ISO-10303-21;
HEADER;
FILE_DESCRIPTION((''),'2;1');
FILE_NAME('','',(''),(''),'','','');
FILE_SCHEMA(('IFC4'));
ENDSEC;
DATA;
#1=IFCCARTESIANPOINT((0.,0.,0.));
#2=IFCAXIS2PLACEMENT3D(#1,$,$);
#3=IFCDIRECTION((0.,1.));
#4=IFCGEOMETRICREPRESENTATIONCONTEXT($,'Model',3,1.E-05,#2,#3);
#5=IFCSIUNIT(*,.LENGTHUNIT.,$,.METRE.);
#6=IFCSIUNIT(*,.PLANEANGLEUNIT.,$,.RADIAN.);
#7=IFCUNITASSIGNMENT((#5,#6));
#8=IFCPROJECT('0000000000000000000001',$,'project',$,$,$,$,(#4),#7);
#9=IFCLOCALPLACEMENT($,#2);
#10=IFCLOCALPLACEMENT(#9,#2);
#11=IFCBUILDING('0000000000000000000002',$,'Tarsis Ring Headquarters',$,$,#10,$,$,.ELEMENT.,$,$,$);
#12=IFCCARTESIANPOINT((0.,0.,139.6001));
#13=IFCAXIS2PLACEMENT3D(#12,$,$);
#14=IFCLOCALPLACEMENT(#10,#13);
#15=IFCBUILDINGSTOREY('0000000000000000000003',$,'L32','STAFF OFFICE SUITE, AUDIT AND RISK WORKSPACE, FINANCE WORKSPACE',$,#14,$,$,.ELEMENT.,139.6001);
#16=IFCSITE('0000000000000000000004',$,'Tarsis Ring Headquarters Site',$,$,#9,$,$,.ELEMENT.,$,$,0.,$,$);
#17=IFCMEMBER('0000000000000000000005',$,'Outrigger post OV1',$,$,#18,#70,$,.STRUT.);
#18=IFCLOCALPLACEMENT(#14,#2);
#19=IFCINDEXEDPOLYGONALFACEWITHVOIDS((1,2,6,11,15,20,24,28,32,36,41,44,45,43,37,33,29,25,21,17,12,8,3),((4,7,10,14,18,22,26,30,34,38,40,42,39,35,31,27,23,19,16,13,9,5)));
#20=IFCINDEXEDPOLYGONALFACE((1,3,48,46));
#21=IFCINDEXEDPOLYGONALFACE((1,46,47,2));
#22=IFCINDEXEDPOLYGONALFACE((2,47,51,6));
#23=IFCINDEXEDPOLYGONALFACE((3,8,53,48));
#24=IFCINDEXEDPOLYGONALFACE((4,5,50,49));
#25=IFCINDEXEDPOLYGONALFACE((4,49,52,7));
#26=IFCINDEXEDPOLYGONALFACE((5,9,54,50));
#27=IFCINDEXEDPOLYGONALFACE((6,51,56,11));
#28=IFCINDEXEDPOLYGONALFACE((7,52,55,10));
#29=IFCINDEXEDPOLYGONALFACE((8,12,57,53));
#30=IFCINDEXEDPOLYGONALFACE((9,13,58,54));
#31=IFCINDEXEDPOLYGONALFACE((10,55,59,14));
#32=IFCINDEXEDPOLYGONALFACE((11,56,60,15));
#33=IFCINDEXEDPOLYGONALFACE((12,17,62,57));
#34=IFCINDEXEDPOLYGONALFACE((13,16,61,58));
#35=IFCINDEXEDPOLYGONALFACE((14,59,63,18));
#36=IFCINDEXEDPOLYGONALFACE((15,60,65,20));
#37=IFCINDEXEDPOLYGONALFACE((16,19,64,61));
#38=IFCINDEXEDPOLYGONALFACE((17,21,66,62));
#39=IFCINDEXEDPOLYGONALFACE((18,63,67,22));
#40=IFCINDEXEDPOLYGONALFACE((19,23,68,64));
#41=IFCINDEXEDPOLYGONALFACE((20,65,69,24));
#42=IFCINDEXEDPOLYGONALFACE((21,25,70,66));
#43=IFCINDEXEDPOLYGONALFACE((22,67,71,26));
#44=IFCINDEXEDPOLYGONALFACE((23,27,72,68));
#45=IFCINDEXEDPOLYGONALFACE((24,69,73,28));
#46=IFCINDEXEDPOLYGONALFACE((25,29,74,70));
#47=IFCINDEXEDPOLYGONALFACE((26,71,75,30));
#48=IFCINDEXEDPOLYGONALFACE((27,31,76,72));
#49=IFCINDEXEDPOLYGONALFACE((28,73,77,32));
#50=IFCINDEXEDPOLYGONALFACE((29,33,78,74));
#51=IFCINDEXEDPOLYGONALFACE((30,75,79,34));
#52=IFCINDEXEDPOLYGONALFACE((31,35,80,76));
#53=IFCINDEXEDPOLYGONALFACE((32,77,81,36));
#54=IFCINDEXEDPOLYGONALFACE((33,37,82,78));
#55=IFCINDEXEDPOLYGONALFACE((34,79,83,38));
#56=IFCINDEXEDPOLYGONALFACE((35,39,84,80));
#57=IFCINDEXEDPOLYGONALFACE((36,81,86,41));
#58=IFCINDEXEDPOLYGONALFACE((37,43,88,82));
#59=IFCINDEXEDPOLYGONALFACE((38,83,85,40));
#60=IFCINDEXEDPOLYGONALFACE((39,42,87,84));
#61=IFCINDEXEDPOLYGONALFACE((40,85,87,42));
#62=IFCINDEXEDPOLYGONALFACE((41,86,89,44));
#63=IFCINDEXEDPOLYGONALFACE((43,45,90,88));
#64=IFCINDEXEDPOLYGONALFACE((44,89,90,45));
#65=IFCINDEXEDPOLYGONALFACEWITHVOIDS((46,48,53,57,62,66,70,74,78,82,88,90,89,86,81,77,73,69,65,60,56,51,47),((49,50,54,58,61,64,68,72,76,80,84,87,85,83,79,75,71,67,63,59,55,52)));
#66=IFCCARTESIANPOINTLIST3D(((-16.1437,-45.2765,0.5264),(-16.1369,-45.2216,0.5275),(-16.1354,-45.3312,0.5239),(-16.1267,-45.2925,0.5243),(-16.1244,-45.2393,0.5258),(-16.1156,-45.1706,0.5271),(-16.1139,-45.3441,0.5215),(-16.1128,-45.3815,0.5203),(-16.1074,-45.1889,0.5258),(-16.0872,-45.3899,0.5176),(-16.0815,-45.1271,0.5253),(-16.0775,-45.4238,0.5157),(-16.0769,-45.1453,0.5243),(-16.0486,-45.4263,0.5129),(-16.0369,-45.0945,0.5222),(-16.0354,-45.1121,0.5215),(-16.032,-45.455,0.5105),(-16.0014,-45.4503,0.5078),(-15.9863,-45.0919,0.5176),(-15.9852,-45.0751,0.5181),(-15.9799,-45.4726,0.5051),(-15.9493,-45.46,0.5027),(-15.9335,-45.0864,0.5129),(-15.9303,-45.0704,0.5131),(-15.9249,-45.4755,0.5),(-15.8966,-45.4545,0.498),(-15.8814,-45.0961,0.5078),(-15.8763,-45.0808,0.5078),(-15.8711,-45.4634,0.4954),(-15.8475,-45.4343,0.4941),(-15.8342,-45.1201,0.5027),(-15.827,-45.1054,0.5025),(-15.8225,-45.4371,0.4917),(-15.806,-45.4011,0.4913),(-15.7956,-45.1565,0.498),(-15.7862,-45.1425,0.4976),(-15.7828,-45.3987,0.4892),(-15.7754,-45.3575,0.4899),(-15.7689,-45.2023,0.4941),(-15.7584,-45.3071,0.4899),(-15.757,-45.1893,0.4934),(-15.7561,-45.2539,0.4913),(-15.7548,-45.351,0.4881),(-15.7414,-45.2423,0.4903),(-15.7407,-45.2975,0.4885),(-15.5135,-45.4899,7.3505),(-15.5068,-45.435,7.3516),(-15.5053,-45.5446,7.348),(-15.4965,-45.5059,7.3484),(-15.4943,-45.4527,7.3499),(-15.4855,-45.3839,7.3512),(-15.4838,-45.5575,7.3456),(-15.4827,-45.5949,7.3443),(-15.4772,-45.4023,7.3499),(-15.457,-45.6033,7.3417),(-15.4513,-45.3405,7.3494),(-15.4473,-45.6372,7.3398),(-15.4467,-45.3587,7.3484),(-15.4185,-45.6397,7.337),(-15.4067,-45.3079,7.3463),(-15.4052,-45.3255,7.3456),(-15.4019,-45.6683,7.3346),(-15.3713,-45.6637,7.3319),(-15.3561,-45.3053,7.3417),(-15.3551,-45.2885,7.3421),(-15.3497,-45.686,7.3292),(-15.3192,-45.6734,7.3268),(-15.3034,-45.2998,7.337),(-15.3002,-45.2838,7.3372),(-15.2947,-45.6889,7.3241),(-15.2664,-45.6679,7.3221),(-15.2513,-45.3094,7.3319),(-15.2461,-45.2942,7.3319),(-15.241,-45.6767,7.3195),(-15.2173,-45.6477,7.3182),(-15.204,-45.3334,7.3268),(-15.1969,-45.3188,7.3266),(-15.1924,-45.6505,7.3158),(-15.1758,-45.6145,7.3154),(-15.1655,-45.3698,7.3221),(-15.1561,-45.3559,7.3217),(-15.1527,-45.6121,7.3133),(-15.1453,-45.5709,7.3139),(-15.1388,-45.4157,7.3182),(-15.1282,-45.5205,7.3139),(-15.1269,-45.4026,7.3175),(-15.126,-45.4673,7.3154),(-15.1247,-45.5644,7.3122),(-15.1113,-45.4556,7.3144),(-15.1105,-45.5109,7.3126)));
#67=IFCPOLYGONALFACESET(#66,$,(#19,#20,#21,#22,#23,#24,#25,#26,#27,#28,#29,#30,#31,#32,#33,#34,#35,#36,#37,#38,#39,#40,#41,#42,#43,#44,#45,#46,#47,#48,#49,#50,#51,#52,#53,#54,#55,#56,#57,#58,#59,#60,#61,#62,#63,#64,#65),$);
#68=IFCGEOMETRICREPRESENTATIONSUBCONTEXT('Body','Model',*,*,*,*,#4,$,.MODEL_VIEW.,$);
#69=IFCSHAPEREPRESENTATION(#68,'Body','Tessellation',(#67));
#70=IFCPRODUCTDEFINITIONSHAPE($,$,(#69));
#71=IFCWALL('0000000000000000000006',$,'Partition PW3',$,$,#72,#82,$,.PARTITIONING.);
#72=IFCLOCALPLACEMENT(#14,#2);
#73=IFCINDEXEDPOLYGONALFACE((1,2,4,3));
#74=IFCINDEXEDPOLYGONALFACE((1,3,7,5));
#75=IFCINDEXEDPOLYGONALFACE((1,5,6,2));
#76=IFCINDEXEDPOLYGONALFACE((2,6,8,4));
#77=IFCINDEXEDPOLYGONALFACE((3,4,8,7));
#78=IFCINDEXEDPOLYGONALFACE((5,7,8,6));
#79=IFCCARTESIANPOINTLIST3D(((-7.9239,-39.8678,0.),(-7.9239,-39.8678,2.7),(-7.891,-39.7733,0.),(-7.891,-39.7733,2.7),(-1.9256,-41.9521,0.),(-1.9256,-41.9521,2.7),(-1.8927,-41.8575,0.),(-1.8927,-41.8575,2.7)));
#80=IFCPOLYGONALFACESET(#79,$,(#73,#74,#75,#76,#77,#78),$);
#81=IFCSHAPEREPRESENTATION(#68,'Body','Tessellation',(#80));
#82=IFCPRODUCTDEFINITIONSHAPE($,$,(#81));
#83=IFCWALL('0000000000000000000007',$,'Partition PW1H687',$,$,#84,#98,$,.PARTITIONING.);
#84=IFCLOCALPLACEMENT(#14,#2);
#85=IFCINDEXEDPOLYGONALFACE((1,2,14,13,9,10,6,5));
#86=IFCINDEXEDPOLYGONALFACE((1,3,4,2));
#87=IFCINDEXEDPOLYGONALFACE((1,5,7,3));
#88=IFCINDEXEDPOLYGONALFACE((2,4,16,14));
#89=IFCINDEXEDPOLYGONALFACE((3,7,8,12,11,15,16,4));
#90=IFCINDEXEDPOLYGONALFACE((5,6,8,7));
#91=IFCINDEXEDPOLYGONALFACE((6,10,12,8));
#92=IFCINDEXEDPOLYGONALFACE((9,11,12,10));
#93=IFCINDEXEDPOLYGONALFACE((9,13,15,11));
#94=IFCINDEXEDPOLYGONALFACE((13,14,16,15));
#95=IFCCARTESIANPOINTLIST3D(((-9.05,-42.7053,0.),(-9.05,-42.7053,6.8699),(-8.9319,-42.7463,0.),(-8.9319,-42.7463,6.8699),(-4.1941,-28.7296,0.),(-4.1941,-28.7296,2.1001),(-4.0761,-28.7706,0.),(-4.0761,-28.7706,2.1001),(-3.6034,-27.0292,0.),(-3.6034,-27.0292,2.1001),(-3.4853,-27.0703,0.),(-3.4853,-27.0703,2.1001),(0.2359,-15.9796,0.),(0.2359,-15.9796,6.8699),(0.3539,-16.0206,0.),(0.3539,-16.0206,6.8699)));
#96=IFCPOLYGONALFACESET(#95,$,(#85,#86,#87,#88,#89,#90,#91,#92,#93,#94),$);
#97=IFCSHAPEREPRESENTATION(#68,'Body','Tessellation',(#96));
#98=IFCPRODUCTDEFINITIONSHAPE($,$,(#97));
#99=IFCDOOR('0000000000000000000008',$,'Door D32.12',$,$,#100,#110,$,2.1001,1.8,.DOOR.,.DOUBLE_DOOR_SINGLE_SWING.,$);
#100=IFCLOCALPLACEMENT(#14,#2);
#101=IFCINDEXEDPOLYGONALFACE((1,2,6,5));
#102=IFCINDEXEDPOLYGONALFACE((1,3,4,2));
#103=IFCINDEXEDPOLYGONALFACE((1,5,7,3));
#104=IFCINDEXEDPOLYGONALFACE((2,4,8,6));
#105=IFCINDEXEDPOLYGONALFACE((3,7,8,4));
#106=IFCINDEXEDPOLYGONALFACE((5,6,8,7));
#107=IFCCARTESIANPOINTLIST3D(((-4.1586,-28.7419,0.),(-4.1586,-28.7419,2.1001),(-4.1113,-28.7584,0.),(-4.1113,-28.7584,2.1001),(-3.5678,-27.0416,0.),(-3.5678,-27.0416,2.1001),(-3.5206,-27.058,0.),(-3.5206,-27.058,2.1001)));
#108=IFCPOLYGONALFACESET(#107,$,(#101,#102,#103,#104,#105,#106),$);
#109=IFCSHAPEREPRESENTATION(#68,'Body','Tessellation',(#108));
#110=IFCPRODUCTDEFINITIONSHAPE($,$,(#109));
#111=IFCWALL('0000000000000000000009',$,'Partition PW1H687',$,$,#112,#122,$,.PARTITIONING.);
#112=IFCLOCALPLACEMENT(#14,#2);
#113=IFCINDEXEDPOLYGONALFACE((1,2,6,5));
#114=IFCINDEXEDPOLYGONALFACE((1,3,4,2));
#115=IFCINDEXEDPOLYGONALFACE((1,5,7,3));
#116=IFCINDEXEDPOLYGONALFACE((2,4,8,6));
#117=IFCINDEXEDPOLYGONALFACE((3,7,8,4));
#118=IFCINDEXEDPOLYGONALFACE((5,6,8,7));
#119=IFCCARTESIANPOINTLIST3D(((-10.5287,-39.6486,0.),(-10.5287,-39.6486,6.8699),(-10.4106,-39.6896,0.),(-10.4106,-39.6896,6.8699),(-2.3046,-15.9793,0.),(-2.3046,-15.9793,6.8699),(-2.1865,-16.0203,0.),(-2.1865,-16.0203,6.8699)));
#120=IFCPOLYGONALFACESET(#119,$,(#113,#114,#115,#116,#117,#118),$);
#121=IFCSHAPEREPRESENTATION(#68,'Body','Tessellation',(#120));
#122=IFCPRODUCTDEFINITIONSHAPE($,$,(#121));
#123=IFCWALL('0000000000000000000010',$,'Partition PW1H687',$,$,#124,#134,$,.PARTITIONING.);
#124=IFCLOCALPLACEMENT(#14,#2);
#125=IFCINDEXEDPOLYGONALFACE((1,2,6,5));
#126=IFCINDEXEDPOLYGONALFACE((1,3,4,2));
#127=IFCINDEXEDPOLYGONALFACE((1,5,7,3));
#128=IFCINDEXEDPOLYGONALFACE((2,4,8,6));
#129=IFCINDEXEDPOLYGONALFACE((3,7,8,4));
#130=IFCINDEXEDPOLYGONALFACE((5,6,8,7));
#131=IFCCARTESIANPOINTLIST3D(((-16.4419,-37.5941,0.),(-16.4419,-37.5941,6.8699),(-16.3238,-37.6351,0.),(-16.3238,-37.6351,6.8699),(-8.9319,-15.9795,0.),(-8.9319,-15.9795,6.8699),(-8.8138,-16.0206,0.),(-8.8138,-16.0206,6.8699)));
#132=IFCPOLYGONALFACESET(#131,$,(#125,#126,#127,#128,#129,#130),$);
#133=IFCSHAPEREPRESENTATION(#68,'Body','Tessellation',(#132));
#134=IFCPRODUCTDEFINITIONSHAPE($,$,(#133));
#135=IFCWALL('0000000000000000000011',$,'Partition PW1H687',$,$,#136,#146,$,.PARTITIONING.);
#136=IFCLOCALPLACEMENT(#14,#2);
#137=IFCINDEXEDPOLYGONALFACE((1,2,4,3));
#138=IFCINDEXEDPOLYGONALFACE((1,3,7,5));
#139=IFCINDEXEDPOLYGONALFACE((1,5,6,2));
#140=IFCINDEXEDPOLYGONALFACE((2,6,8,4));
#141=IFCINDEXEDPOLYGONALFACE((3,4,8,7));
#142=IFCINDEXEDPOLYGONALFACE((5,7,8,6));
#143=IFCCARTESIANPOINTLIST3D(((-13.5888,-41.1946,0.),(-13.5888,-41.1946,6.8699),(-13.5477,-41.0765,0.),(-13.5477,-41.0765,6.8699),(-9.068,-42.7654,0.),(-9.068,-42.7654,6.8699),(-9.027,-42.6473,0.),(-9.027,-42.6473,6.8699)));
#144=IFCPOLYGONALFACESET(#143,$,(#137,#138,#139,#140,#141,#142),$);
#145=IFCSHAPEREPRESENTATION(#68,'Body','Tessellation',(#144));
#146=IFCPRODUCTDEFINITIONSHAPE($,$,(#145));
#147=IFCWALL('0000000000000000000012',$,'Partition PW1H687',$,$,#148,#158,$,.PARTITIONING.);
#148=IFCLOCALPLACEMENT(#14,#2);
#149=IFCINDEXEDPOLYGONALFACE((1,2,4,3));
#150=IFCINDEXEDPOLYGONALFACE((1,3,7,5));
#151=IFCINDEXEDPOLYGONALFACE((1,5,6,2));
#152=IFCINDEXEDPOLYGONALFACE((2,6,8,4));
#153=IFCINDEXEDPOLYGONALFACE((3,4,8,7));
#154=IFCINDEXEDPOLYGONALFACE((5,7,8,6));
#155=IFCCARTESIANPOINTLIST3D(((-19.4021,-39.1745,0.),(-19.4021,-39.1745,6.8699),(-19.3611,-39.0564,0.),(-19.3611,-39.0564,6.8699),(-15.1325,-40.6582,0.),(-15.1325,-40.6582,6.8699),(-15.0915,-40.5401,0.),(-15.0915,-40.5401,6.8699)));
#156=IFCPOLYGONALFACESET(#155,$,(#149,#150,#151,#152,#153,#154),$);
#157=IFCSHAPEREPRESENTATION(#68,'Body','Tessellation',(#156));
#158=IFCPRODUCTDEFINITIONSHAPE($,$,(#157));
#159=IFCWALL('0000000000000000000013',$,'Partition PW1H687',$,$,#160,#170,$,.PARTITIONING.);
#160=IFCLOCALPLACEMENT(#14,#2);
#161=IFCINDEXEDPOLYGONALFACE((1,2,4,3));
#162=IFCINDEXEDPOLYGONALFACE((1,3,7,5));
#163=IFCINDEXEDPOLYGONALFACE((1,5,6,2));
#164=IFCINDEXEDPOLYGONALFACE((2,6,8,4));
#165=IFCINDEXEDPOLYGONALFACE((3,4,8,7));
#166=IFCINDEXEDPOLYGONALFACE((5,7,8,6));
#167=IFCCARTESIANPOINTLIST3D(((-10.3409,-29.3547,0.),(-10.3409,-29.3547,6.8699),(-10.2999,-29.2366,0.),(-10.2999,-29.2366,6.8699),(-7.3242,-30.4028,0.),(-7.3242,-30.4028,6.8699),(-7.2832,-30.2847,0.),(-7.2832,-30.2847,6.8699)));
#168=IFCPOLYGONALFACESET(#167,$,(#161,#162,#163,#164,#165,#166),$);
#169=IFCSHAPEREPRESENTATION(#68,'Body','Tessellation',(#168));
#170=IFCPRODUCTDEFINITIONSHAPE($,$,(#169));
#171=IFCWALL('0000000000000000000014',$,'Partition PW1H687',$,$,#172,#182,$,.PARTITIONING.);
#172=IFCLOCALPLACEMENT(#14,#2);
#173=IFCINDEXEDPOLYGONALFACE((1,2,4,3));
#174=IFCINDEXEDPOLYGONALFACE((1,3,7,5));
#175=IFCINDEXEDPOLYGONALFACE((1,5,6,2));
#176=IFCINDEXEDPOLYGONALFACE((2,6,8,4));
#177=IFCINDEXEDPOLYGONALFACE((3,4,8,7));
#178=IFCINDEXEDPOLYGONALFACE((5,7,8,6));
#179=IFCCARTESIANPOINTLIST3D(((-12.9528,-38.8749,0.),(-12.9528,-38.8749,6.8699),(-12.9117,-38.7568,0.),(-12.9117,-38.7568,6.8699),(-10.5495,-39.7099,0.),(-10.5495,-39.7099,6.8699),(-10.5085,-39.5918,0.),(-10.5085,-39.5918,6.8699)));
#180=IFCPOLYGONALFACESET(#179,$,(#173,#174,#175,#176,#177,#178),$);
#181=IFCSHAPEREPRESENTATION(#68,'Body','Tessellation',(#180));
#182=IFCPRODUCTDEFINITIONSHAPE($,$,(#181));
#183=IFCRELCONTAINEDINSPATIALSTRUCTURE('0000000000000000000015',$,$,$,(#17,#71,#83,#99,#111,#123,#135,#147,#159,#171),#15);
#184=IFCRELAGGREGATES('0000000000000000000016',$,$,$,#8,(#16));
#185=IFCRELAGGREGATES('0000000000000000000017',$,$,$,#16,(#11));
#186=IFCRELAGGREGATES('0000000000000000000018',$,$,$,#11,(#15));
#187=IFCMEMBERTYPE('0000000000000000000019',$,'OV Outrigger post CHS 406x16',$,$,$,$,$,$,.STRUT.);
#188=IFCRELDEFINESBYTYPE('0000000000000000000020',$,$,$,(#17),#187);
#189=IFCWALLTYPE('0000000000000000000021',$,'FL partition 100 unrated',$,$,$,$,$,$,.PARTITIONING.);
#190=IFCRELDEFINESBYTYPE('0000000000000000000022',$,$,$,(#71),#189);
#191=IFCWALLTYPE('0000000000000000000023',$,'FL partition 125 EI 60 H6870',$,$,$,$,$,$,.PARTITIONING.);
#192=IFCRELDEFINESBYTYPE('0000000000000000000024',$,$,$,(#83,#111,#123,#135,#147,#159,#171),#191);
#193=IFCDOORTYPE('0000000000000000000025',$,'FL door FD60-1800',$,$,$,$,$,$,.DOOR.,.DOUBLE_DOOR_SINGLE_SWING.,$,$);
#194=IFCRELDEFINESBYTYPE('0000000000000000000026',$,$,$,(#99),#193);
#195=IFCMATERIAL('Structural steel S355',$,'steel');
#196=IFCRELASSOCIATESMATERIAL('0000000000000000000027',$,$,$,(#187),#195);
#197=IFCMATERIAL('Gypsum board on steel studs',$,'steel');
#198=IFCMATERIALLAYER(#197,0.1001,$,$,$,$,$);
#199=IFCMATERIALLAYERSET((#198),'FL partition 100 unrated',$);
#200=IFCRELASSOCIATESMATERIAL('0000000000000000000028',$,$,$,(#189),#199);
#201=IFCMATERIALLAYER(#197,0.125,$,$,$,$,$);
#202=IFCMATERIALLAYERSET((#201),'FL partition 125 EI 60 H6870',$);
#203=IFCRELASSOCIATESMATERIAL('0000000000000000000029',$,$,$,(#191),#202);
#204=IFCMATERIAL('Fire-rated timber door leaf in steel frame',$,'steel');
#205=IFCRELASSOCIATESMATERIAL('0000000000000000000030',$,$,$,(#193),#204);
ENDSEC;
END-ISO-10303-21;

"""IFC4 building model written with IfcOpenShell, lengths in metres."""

from ifc_helpers import new_model, si_unit, direction, frame, frame_2d, origin, origin_2d, place, context, subcontext, project, spatial, rectangle, hollow_circle, extrude, material, layer, layer_set, material_profile, profile_set, type_object, element, fill, save


model = new_model("IFC4")

# Units and contexts
model_context = context("Model", 3, precision=1e-05, world=origin(), true_north=direction((0.0, 1.0)))
body_context = subcontext(model_context, "Body", "Model", "MODEL_VIEW")
ifc_project = project(units=[si_unit("LENGTHUNIT", "METRE"), si_unit("PLANEANGLEUNIT", "RADIAN")], contexts=[model_context])

# Site, building, storey
site_placement = place(None, origin())
site = spatial("IfcSite", under=ifc_project, at=site_placement, Name="Tarsis Ring Headquarters Site", CompositionType="ELEMENT", RefElevation=0.0)
building_placement = place(site_placement, origin())
building = spatial("IfcBuilding", under=site, at=building_placement, Name="Tarsis Ring Headquarters", CompositionType="ELEMENT")
storey_placement = place(building_placement, frame((0.0, 0.0, 139.6001)))
storey = spatial("IfcBuildingStorey", under=building, at=storey_placement, Name="L32", Description="STAFF OFFICE SUITE, AUDIT AND RISK WORKSPACE, FINANCE WORKSPACE", CompositionType="ELEMENT", Elevation=139.6001)

# Member
ifc_material_1 = material(Name="Structural steel S355", Category="steel")
ifc_material_profile_1 = material_profile(ifc_material_1, hollow_circle(Radius=0.2031, WallThickness=0.0161, at=origin_2d()), Name="CHS 406x16")
ifc_profile_set_1 = profile_set([ifc_material_profile_1], Name="Structural steel S355")
member_type_1 = type_object("IfcMemberType", Name="OV Outrigger post CHS 406x16", PredefinedType="STRUT", material=ifc_profile_set_1)
member_1_placement = place(storey_placement, frame((-15.9414, -45.2732, 0.5078), z_axis=(0.091904, -0.031121, 0.995281), x_axis=(0.320738, 0.947168, 0.0)))
element("IfcMember", 1, at=member_1_placement, inside=storey, type_object=member_type_1, Name="Outrigger post OV1", PredefinedType="STRUT", context=body_context, shape_type="SweptSolid", body=[
    extrude(hollow_circle(Radius=0.2031, WallThickness=0.0161, at=origin_2d()), origin(), (0.0, 0.0, 1.0), 6.8564),
])

# Wall
ifc_material_2 = material(Name="Gypsum board on steel studs", Category="steel")
ifc_layer_1 = layer(ifc_material_2, 0.1001)
ifc_layer_set_1 = layer_set([ifc_layer_1], Name="FL partition 100 unrated")
wall_type_1 = type_object("IfcWallType", Name="FL partition 100 unrated", PredefinedType="PARTITIONING", material=ifc_layer_set_1)
wall_1_placement = place(storey_placement, frame((-7.9075, -39.8206, 0.0), z_axis=(0.0, 0.0, 1.0), x_axis=(0.944601, -0.328221, 0.0)))
element("IfcWall", 2, at=wall_1_placement, inside=storey, type_object=wall_type_1, Name="Partition PW3", PredefinedType="PARTITIONING", context=body_context, shape_type="SweptSolid", body=[
    extrude(rectangle(XDim=6.3501, YDim=0.1001, at=frame_2d((3.175, 0.0))), origin(), (0.0, 0.0, 1.0), 2.7),
])

# Wall, opening, door
ifc_layer_2 = layer(ifc_material_2, 0.125)
ifc_layer_set_2 = layer_set([ifc_layer_2], Name="FL partition 125 EI 60 H6870")
wall_type_2 = type_object("IfcWallType", Name="FL partition 125 EI 60 H6870", PredefinedType="PARTITIONING", material=ifc_layer_set_2)
wall_2_placement = place(storey_placement, frame((-8.991, -42.7258, 0.0), z_axis=(0.0, 0.0, 1.0), x_axis=(0.328204, 0.944607, 0.0)))
wall_2 = element("IfcWall", 3, at=wall_2_placement, inside=storey, type_object=wall_type_2, Name="Partition PW1H687", PredefinedType="PARTITIONING", context=body_context, shape_type="SweptSolid", body=[
    extrude(rectangle(XDim=28.293, YDim=0.125, at=frame_2d((14.1465, 0.0))), origin(), (0.0, 0.0, 1.0), 6.8699),
])
opening_placement = place(wall_2_placement, frame((14.7954, 0.0, 0.0)))
opening = element("IfcOpeningElement", 4, at=opening_placement, cuts=wall_2, PredefinedType="OPENING", context=body_context, shape_type="SweptSolid", body=[
    extrude(rectangle(XDim=1.8, YDim=2.1001, at=frame_2d((0.8999, 1.05))), frame((0.0, 0.0725, 0.0), z_axis=(0.0, -1.0, 0.0), x_axis=(1.0, 0.0, 0.0)), (0.0, 0.0, 1.0), 0.145),
])
ifc_material_3 = material(Name="Fire-rated timber door leaf in steel frame", Category="steel")
door_type = type_object("IfcDoorType", Name="FL door FD60-1800", OperationType="DOUBLE_DOOR_SINGLE_SWING", PredefinedType="DOOR", material=ifc_material_3)
door_placement = place(opening_placement, origin())
door = element("IfcDoor", 5, at=door_placement, inside=storey, type_object=door_type, Name="Door D32.12", OperationType="DOUBLE_DOOR_SINGLE_SWING", OverallHeight=2.1001, OverallWidth=1.8, PredefinedType="DOOR", context=body_context, shape_type="SweptSolid", body=[
    extrude(rectangle(XDim=1.8, YDim=2.1001, at=frame_2d((0.8999, 1.05))), frame((0.0, 0.0249, 0.0), z_axis=(0.0, -1.0, 0.0), x_axis=(1.0, 0.0, 0.0)), (0.0, 0.0, 1.0), 0.05),
])
fill(opening, door)

# Walls
wall_3_placement = place(storey_placement, frame((-10.4697, -39.6692, 0.0), z_axis=(0.0, 0.0, 1.0), x_axis=(0.328213, 0.944604, 0.0)))
element("IfcWall", 6, at=wall_3_placement, inside=storey, type_object=wall_type_2, Name="Partition PW1H687", PredefinedType="PARTITIONING", context=body_context, shape_type="SweptSolid", body=[
    extrude(rectangle(XDim=25.0574, YDim=0.125, at=frame_2d((12.5288, 0.0))), origin(), (0.0, 0.0, 1.0), 6.8699),
])
wall_4_placement = place(storey_placement, frame((-16.3828, -37.6145, 0.0), z_axis=(0.0, 0.0, 1.0), x_axis=(0.328206, 0.944606, 0.0)))
element("IfcWall", 7, at=wall_4_placement, inside=storey, type_object=wall_type_2, Name="Partition PW1H687", PredefinedType="PARTITIONING", context=body_context, shape_type="SweptSolid", body=[
    extrude(rectangle(XDim=22.8821, YDim=0.125, at=frame_2d((11.4409, 0.0))), origin(), (0.0, 0.0, 1.0), 6.8699),
])
wall_5_placement = place(storey_placement, frame((-13.5684, -41.1355, 0.0), z_axis=(0.0, 0.0, 1.0), x_axis=(0.944603, -0.328216, 0.0)))
element("IfcWall", 8, at=wall_5_placement, inside=storey, type_object=wall_type_2, Name="Partition PW1H687", PredefinedType="PARTITIONING", context=body_context, shape_type="SweptSolid", body=[
    extrude(rectangle(XDim=4.7859, YDim=0.125, at=frame_2d((2.3931, 0.0))), origin(), (0.0, 0.0, 1.0), 6.8699),
])
wall_6_placement = place(storey_placement, frame((-19.3816, -39.1155, 0.0), z_axis=(0.0, 0.0, 1.0), x_axis=(0.944594, -0.328242, 0.0)))
element("IfcWall", 9, at=wall_6_placement, inside=storey, type_object=wall_type_2, Name="Partition PW1H687", PredefinedType="PARTITIONING", context=body_context, shape_type="SweptSolid", body=[
    extrude(rectangle(XDim=4.52, YDim=0.125, at=frame_2d((2.26, 0.0))), origin(), (0.0, 0.0, 1.0), 6.8699),
])
wall_7_placement = place(storey_placement, frame((-10.3203, -29.2957, 0.0), z_axis=(0.0, 0.0, 1.0), x_axis=(0.944609, -0.328197, 0.0)))
element("IfcWall", 10, at=wall_7_placement, inside=storey, type_object=wall_type_2, Name="Partition PW1H687", PredefinedType="PARTITIONING", context=body_context, shape_type="SweptSolid", body=[
    extrude(rectangle(XDim=3.1936, YDim=0.125, at=frame_2d((1.5967, 0.0))), origin(), (0.0, 0.0, 1.0), 6.8699),
])
wall_8_placement = place(storey_placement, frame((-12.9321, -38.8159, 0.0), z_axis=(0.0, 0.0, 1.0), x_axis=(0.944616, -0.328178, 0.0)))
element("IfcWall", 11, at=wall_8_placement, inside=storey, type_object=wall_type_2, Name="Partition PW1H687", PredefinedType="PARTITIONING", context=body_context, shape_type="SweptSolid", body=[
    extrude(rectangle(XDim=2.5442, YDim=0.125, at=frame_2d((1.272, 0.0))), origin(), (0.0, 0.0, 1.0), 6.8699),
])

save(model, "model.ifc")
